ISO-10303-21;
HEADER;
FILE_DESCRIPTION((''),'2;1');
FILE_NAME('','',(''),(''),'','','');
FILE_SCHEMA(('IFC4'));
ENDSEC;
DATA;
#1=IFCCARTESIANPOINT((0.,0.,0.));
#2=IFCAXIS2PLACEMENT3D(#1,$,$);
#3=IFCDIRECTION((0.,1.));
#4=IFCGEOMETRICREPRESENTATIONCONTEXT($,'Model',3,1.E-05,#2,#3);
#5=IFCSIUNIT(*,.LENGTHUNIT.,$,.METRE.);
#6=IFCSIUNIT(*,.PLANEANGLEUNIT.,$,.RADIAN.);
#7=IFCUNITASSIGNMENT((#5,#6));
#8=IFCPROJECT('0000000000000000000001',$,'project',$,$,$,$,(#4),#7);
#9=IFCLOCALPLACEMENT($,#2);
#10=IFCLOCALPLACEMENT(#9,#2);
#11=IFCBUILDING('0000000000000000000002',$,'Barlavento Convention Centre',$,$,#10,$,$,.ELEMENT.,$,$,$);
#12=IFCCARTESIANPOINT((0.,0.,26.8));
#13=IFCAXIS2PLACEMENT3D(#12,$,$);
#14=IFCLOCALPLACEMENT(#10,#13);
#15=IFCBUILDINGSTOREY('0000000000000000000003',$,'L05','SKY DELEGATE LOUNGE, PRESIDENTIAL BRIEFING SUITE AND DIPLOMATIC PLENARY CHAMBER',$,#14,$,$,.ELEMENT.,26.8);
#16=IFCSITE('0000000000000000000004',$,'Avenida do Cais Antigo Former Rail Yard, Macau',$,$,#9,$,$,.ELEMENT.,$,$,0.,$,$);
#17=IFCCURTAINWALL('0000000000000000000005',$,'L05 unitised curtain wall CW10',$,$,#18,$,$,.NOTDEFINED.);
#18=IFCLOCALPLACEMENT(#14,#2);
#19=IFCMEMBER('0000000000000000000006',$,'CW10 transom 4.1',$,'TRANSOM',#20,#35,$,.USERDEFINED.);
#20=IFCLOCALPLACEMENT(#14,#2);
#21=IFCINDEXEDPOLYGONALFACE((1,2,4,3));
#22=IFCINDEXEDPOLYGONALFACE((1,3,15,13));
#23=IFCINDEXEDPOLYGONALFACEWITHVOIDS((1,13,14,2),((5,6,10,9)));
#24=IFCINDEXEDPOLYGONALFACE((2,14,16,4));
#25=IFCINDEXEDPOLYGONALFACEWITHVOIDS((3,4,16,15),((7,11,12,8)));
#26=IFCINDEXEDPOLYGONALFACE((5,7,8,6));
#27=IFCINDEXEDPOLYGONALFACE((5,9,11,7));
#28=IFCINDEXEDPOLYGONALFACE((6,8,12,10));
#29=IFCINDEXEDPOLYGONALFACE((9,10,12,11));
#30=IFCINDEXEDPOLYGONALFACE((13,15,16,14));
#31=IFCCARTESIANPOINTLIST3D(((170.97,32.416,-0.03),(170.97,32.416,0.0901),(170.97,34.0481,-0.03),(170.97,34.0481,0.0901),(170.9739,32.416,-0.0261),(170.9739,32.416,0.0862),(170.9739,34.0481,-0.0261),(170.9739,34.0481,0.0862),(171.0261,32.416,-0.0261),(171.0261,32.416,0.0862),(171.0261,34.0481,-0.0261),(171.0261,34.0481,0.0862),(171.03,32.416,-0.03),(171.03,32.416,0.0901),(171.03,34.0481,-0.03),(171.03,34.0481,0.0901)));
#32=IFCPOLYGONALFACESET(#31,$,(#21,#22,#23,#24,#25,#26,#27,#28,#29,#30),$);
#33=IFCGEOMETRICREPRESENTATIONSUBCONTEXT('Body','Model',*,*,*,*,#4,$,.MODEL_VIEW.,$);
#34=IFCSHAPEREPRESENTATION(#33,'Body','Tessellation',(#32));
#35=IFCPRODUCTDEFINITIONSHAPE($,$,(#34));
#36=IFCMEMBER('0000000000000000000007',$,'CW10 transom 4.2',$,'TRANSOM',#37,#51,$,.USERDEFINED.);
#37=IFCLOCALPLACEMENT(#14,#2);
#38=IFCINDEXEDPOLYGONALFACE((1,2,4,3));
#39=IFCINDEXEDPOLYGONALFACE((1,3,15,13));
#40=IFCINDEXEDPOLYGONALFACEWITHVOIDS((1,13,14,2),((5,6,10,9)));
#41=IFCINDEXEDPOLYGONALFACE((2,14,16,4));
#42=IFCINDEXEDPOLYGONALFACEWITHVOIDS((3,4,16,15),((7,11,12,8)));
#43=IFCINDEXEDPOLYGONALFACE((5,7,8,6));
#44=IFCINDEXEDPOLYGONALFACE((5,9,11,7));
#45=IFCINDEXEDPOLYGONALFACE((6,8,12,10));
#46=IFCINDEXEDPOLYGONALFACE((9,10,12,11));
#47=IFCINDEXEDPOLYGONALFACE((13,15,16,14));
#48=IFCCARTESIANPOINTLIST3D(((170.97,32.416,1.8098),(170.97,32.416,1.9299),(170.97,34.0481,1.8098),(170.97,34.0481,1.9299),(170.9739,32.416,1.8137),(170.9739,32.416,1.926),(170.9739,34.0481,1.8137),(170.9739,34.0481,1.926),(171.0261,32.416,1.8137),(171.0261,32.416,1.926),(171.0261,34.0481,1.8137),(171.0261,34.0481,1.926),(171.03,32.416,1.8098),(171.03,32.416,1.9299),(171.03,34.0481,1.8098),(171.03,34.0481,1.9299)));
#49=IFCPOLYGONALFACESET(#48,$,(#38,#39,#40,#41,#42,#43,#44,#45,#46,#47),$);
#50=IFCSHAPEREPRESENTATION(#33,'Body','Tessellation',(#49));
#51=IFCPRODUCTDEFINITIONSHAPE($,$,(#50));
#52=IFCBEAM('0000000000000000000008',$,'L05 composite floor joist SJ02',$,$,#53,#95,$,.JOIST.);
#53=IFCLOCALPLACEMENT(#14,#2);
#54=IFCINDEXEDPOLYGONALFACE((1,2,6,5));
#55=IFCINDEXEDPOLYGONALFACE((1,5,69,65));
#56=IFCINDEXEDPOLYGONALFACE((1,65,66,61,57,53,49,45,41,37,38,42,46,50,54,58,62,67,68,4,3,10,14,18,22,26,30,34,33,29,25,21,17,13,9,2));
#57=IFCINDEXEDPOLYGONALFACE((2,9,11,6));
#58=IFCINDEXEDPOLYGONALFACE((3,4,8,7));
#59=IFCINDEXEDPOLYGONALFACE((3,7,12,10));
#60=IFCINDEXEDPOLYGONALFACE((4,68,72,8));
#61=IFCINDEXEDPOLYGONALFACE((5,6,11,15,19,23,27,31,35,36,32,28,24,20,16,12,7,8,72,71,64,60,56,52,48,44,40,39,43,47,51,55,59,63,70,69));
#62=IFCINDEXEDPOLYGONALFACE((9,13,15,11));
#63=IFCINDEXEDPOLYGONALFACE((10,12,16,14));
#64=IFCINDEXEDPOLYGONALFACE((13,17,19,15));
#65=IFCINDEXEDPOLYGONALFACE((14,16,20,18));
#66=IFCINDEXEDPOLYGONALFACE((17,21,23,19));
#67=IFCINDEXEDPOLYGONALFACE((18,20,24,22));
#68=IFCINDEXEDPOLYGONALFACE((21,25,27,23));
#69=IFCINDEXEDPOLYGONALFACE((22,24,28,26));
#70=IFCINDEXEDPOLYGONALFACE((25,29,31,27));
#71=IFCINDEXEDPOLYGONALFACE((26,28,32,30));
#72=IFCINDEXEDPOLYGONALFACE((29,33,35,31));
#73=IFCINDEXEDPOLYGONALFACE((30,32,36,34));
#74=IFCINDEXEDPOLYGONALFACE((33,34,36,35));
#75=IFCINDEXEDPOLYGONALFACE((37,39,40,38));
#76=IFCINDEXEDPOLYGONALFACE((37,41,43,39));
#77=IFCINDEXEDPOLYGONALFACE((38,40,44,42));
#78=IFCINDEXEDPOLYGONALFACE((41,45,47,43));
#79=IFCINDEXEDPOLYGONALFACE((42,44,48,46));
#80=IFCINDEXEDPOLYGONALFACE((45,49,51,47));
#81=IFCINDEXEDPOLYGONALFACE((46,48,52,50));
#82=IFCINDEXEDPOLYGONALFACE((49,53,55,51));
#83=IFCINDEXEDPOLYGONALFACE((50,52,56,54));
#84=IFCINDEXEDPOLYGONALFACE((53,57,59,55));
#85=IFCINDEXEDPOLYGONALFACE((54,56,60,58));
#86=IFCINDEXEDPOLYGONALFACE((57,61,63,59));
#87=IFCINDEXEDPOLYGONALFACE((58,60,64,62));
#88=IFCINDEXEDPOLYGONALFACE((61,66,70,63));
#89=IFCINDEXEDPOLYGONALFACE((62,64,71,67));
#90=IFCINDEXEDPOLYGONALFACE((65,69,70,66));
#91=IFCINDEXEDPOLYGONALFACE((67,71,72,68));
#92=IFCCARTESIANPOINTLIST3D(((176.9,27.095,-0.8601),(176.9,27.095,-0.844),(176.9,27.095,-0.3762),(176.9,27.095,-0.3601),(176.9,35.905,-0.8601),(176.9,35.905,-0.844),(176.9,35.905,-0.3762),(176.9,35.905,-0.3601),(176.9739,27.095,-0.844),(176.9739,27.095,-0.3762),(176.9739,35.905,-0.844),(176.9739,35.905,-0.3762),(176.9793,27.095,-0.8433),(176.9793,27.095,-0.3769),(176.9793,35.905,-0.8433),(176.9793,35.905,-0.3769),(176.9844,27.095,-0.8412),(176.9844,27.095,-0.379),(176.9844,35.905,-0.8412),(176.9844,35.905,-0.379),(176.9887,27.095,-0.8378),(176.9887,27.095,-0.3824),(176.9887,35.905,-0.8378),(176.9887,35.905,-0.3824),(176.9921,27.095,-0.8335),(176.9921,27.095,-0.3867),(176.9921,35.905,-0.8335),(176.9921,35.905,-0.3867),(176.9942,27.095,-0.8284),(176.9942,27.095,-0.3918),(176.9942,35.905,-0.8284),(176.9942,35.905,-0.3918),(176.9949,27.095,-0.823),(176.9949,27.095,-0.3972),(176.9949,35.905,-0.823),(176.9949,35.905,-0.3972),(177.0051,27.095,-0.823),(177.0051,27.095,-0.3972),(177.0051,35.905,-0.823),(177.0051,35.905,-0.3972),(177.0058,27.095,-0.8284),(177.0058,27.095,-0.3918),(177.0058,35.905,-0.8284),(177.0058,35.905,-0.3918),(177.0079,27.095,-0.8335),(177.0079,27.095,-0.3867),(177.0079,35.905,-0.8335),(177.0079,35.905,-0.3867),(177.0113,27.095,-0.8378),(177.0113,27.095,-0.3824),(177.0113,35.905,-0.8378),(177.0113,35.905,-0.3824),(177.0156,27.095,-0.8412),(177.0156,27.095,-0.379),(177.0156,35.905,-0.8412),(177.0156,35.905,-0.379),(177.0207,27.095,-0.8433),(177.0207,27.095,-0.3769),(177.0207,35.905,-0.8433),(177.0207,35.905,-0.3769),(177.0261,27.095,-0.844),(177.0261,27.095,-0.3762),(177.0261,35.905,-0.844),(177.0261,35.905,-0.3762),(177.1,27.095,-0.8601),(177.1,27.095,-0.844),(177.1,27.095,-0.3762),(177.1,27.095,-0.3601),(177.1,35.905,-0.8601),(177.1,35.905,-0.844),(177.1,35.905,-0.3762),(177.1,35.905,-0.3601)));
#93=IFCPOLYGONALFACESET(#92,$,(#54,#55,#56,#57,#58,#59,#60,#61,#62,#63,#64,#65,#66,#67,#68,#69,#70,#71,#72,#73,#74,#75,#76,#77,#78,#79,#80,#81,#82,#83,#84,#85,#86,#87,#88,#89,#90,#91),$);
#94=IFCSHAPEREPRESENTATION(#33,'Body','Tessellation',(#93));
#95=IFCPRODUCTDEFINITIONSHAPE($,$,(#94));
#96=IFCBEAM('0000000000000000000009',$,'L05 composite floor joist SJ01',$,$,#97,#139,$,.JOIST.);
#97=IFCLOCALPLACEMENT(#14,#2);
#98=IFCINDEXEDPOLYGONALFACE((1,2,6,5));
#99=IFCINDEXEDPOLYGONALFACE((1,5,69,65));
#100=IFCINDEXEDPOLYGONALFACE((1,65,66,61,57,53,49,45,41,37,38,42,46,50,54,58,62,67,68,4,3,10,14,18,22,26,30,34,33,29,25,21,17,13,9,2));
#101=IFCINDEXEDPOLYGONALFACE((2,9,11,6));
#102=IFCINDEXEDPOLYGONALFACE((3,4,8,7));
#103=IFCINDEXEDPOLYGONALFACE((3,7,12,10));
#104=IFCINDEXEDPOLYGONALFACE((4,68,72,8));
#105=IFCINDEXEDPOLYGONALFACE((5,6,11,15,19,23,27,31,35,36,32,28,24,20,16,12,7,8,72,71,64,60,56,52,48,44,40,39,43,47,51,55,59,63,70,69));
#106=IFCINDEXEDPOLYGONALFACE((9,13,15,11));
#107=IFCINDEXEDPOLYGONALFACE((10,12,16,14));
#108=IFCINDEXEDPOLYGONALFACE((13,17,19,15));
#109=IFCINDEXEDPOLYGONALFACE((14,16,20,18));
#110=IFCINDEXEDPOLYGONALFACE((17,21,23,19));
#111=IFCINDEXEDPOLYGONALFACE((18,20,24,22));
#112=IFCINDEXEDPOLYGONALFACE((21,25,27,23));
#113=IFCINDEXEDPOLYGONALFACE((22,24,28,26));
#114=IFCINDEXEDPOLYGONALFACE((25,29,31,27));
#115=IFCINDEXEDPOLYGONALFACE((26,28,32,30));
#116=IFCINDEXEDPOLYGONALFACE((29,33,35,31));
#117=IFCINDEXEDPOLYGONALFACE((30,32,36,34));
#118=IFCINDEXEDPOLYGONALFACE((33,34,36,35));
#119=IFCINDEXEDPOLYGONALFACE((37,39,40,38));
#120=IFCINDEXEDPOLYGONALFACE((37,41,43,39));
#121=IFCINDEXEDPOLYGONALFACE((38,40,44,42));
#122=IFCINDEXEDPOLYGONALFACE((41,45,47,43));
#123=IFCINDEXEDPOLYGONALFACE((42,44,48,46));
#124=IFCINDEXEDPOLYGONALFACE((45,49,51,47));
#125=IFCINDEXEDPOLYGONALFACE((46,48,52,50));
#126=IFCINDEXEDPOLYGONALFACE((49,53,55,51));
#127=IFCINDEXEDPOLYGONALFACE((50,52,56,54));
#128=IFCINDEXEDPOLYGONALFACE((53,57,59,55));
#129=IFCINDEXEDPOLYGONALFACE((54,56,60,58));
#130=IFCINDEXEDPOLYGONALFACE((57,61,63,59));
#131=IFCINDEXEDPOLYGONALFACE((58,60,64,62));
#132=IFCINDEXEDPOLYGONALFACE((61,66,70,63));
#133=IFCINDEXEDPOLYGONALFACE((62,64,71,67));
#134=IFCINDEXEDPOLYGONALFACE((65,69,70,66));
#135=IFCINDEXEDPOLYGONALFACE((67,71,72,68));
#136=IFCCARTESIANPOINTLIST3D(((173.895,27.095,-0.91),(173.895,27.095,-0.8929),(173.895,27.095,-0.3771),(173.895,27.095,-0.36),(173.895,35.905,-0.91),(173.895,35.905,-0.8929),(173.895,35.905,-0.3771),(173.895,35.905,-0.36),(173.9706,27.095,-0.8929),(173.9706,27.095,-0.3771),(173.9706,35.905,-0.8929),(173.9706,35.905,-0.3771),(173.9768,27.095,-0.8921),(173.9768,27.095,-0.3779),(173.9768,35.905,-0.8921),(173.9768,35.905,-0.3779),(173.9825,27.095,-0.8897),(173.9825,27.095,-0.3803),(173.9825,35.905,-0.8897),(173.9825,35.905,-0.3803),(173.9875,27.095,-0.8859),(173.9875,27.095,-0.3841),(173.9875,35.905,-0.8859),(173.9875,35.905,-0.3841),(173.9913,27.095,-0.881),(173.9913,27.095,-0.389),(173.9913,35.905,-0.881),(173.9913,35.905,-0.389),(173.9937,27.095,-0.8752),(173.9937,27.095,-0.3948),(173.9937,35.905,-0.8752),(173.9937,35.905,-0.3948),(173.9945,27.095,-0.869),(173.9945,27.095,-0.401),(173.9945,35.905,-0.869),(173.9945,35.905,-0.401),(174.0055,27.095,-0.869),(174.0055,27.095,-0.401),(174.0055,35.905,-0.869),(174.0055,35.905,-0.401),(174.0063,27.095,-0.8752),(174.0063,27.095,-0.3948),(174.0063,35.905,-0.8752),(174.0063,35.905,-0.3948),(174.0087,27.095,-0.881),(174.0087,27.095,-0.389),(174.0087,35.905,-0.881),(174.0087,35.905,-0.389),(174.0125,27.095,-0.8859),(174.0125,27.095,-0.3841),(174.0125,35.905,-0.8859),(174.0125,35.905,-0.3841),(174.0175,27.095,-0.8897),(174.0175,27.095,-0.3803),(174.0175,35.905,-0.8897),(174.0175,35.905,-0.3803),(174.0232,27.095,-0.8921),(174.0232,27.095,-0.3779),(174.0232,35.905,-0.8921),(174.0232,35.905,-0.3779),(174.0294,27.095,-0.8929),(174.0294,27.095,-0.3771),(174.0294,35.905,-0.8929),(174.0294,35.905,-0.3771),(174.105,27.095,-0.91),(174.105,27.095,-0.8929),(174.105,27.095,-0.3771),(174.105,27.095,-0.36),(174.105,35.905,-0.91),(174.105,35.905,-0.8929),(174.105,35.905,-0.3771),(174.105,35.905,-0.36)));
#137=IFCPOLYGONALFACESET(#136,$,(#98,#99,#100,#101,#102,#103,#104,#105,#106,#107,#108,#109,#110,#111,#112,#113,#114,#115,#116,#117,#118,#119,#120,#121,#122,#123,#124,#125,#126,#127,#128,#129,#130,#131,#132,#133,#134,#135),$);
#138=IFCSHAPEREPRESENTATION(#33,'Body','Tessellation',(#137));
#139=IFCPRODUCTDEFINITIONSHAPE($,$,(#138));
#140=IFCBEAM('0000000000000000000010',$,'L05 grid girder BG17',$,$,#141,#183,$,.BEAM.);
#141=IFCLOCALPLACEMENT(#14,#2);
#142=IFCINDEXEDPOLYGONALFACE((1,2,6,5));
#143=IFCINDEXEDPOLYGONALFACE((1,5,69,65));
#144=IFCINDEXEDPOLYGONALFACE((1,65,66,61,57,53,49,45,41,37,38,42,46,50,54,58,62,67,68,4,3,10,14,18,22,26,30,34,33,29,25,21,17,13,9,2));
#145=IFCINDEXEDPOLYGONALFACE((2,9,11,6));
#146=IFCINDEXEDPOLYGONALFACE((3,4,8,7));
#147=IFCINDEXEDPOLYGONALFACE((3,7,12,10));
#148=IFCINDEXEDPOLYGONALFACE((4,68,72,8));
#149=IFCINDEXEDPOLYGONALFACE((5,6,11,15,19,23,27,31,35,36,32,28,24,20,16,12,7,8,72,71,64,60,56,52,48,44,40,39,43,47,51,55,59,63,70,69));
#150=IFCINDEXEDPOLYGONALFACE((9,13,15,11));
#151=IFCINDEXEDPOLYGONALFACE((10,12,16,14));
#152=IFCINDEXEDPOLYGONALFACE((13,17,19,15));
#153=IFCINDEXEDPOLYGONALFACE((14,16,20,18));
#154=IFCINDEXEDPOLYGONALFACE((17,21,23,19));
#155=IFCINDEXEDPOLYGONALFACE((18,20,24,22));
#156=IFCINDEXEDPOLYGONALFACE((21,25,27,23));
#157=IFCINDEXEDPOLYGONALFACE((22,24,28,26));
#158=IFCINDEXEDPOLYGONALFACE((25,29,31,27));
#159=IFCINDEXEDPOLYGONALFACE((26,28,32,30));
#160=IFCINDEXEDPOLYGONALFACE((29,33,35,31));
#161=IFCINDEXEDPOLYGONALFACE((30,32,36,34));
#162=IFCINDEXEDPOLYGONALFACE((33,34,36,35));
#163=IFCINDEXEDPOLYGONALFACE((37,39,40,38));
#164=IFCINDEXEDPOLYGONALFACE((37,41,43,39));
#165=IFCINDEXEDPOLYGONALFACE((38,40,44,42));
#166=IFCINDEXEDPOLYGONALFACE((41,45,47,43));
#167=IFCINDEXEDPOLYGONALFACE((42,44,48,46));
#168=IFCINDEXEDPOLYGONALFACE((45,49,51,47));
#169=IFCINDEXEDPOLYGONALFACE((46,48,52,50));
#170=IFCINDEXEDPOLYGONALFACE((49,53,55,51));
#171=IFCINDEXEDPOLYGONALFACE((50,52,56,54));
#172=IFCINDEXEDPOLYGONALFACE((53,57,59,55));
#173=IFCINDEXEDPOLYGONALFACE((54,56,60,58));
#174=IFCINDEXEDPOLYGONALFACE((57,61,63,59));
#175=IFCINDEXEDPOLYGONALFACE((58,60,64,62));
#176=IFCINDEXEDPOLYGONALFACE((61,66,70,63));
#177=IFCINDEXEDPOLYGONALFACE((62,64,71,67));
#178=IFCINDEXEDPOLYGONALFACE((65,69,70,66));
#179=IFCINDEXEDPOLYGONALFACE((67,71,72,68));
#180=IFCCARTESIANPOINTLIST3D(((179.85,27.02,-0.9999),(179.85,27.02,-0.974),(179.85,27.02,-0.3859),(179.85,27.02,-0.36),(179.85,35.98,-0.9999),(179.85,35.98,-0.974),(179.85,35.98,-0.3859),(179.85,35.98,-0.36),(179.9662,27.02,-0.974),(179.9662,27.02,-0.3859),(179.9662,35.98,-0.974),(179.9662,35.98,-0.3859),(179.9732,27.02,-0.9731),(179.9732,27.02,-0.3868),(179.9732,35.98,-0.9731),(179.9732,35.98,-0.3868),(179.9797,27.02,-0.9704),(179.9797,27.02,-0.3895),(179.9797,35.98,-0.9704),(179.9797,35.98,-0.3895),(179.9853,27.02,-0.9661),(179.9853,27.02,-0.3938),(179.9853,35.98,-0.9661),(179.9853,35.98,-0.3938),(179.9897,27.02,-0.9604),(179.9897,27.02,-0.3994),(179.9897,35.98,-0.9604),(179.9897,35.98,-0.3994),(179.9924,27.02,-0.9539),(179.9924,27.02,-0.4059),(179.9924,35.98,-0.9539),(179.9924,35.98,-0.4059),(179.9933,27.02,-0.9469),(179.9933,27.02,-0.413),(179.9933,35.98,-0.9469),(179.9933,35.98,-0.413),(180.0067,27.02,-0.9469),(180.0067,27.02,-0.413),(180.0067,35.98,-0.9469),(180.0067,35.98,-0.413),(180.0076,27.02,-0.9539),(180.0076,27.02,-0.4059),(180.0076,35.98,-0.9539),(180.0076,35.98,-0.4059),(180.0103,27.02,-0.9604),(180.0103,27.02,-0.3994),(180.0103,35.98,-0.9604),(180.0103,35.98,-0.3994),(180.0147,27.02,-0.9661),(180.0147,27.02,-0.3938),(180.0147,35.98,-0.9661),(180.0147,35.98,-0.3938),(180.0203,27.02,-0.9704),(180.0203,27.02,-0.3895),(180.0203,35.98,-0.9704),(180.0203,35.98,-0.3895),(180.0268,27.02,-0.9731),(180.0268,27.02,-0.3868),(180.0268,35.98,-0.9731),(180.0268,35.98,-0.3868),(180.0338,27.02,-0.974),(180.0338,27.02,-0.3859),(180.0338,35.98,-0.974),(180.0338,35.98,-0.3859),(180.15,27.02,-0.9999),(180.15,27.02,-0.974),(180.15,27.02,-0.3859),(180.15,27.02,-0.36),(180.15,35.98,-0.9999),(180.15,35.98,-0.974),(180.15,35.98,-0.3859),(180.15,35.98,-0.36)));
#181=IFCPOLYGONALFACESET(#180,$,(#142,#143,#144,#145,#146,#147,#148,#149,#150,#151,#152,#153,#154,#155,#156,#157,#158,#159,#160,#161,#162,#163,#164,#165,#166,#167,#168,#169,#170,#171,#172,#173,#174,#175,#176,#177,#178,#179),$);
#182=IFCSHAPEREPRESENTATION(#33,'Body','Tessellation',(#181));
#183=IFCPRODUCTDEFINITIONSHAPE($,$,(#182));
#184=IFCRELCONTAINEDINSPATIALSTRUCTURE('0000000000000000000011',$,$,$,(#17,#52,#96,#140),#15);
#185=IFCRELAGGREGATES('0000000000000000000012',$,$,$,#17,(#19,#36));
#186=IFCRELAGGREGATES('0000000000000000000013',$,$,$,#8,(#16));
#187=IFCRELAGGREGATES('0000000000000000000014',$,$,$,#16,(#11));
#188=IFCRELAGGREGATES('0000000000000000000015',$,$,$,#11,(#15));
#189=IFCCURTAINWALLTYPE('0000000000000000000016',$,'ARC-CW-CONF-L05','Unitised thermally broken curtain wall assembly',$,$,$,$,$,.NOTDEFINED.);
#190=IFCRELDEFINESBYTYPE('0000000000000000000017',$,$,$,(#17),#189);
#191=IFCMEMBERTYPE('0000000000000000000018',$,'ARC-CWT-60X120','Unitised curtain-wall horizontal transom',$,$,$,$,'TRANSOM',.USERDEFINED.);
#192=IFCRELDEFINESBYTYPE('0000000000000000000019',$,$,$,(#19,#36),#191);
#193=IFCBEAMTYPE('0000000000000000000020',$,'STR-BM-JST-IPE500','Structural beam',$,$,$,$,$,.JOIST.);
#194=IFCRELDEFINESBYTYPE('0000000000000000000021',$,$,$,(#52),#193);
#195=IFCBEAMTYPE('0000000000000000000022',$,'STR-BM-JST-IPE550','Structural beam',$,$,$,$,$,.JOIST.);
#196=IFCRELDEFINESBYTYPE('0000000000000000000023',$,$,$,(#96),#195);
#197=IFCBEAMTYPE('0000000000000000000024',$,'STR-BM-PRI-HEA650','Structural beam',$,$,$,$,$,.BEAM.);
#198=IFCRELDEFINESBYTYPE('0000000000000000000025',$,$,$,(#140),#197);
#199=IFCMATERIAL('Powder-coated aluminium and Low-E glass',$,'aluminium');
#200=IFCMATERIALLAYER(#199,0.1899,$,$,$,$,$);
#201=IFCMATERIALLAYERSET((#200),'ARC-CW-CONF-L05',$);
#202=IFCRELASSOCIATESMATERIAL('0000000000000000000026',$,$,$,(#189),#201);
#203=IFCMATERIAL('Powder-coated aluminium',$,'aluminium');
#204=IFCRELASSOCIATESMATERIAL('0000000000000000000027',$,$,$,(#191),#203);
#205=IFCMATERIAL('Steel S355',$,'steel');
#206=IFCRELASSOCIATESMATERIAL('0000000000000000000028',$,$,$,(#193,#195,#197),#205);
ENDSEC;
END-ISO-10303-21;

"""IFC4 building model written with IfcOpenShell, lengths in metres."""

from ifc_helpers import new_model, si_unit, direction, frame, origin, origin_2d, place, context, subcontext, project, spatial, hollow_rectangle, i_section, extrude, material, layer, layer_set, material_profile, profile_set, type_object, element, aggregate, save


model = new_model("IFC4")

# Units and contexts
model_context = context("Model", 3, precision=1e-05, world=origin(), true_north=direction((0.0, 1.0)))
body_context = subcontext(model_context, "Body", "Model", "MODEL_VIEW")
ifc_project = project(units=[si_unit("LENGTHUNIT", "METRE"), si_unit("PLANEANGLEUNIT", "RADIAN")], contexts=[model_context])

# Site, building, storey
site_placement = place(None, origin())
site = spatial("IfcSite", under=ifc_project, at=site_placement, Name="Avenida do Cais Antigo Former Rail Yard, Macau", CompositionType="ELEMENT", RefElevation=0.0)
building_placement = place(site_placement, origin())
building = spatial("IfcBuilding", under=site, at=building_placement, Name="Barlavento Convention Centre", CompositionType="ELEMENT")
storey_placement = place(building_placement, frame((0.0, 0.0, 26.8)))
storey = spatial("IfcBuildingStorey", under=building, at=storey_placement, Name="L05", Description="SKY DELEGATE LOUNGE, PRESIDENTIAL BRIEFING SUITE AND DIPLOMATIC PLENARY CHAMBER", CompositionType="ELEMENT", Elevation=26.8)

# Curtain wall, members
ifc_material_1 = material(Name="Powder-coated aluminium and Low-E glass", Category="aluminium")
ifc_layer_1 = layer(ifc_material_1, 0.1899)
ifc_layer_set_1 = layer_set([ifc_layer_1], Name="ARC-CW-CONF-L05")
curtain_wall_type = type_object("IfcCurtainWallType", Name="ARC-CW-CONF-L05", Description="Unitised thermally broken curtain wall assembly", PredefinedType="NOTDEFINED", material=ifc_layer_set_1)
curtain_wall_placement = place(storey_placement, origin())
curtain_wall = element("IfcCurtainWall", 1, at=curtain_wall_placement, inside=storey, type_object=curtain_wall_type, Name="L05 unitised curtain wall CW10", PredefinedType="NOTDEFINED")
ifc_material_2 = material(Name="Powder-coated aluminium", Category="aluminium")
ifc_material_profile_1 = material_profile(ifc_material_2, hollow_rectangle(XDim=0.0601, YDim=0.1201, WallThickness=0.0039, at=origin_2d()), Name="AL-TRAN 60x120x4")
ifc_profile_set_1 = profile_set([ifc_material_profile_1], Name="Powder-coated aluminium")
member_type_1 = type_object("IfcMemberType", Name="ARC-CWT-60X120", Description="Unitised curtain-wall horizontal transom", ElementType="TRANSOM", PredefinedType="USERDEFINED", material=ifc_profile_set_1)
member_1_placement = place(storey_placement, frame((171.0, 32.416, 0.03), z_axis=(0.0, 1.0, 0.0), x_axis=(-1.0, 0.0, 0.0)))
member_1 = element("IfcMember", 2, at=member_1_placement, type_object=member_type_1, Name="CW10 transom 4.1", ObjectType="TRANSOM", PredefinedType="USERDEFINED", context=body_context, shape_type="SweptSolid", body=[
    extrude(hollow_rectangle(XDim=0.0601, YDim=0.1201, WallThickness=0.0039, at=origin_2d()), origin(), (0.0, 0.0, 1.0), 1.6321),
])
member_2_placement = place(storey_placement, frame((171.0, 32.416, 1.8699), z_axis=(0.0, 1.0, 0.0), x_axis=(-1.0, 0.0, 0.0)))
member_2 = element("IfcMember", 3, at=member_2_placement, type_object=member_type_1, Name="CW10 transom 4.2", ObjectType="TRANSOM", PredefinedType="USERDEFINED", context=body_context, shape_type="SweptSolid", body=[
    extrude(hollow_rectangle(XDim=0.0601, YDim=0.1201, WallThickness=0.0039, at=origin_2d()), origin(), (0.0, 0.0, 1.0), 1.6321),
])

# Beams
ifc_material_3 = material(Name="Steel S355", Category="steel")
ifc_material_profile_2 = material_profile(ifc_material_3, i_section(OverallWidth=0.2, OverallDepth=0.5, WebThickness=0.0103, FlangeThickness=0.0161, FilletRadius=0.021, at=origin_2d()), Name="IPE 500")
ifc_profile_set_2 = profile_set([ifc_material_profile_2], Name="Steel S355")
beam_type_1 = type_object("IfcBeamType", Name="STR-BM-JST-IPE500", Description="Structural beam", PredefinedType="JOIST", material=ifc_profile_set_2)
beam_1_placement = place(storey_placement, frame((177.0, 27.095, -0.6101), z_axis=(0.0, 1.0, 0.0), x_axis=(-1.0, 0.0, 0.0)))
element("IfcBeam", 4, at=beam_1_placement, inside=storey, type_object=beam_type_1, Name="L05 composite floor joist SJ02", PredefinedType="JOIST", context=body_context, shape_type="SweptSolid", body=[
    extrude(i_section(OverallWidth=0.2, OverallDepth=0.5, WebThickness=0.0103, FlangeThickness=0.0161, FilletRadius=0.021, at=origin_2d()), origin(), (0.0, 0.0, 1.0), 8.8101),
])
ifc_material_profile_3 = material_profile(ifc_material_3, i_section(OverallWidth=0.21, OverallDepth=0.55, WebThickness=0.011, FlangeThickness=0.0171, FilletRadius=0.0239, at=origin_2d()), Name="IPE 550")
ifc_profile_set_3 = profile_set([ifc_material_profile_3], Name="Steel S355")
beam_type_2 = type_object("IfcBeamType", Name="STR-BM-JST-IPE550", Description="Structural beam", PredefinedType="JOIST", material=ifc_profile_set_3)
beam_2_placement = place(storey_placement, frame((174.0, 27.095, -0.635), z_axis=(0.0, 1.0, 0.0), x_axis=(-1.0, 0.0, 0.0)))
element("IfcBeam", 5, at=beam_2_placement, inside=storey, type_object=beam_type_2, Name="L05 composite floor joist SJ01", PredefinedType="JOIST", context=body_context, shape_type="SweptSolid", body=[
    extrude(i_section(OverallWidth=0.21, OverallDepth=0.55, WebThickness=0.011, FlangeThickness=0.0171, FilletRadius=0.0239, at=origin_2d()), origin(), (0.0, 0.0, 1.0), 8.8101),
])
ifc_material_profile_4 = material_profile(ifc_material_3, i_section(OverallWidth=0.3, OverallDepth=0.6399, WebThickness=0.0134, FlangeThickness=0.0259, FilletRadius=0.0271, at=origin_2d()), Name="HEA 650")
ifc_profile_set_4 = profile_set([ifc_material_profile_4], Name="Steel S355")
beam_type_3 = type_object("IfcBeamType", Name="STR-BM-PRI-HEA650", Description="Structural beam", PredefinedType="BEAM", material=ifc_profile_set_4)
beam_3_placement = place(storey_placement, frame((180.0, 27.02, -0.6799), z_axis=(0.0, 1.0, 0.0), x_axis=(-1.0, 0.0, 0.0)))
element("IfcBeam", 6, at=beam_3_placement, inside=storey, type_object=beam_type_3, Name="L05 grid girder BG17", PredefinedType="BEAM", context=body_context, shape_type="SweptSolid", body=[
    extrude(i_section(OverallWidth=0.3, OverallDepth=0.6399, WebThickness=0.0134, FlangeThickness=0.0259, FilletRadius=0.0271, at=origin_2d()), origin(), (0.0, 0.0, 1.0), 8.96),
])

aggregate(curtain_wall, [member_1, member_2])

save(model, "model.ifc")
